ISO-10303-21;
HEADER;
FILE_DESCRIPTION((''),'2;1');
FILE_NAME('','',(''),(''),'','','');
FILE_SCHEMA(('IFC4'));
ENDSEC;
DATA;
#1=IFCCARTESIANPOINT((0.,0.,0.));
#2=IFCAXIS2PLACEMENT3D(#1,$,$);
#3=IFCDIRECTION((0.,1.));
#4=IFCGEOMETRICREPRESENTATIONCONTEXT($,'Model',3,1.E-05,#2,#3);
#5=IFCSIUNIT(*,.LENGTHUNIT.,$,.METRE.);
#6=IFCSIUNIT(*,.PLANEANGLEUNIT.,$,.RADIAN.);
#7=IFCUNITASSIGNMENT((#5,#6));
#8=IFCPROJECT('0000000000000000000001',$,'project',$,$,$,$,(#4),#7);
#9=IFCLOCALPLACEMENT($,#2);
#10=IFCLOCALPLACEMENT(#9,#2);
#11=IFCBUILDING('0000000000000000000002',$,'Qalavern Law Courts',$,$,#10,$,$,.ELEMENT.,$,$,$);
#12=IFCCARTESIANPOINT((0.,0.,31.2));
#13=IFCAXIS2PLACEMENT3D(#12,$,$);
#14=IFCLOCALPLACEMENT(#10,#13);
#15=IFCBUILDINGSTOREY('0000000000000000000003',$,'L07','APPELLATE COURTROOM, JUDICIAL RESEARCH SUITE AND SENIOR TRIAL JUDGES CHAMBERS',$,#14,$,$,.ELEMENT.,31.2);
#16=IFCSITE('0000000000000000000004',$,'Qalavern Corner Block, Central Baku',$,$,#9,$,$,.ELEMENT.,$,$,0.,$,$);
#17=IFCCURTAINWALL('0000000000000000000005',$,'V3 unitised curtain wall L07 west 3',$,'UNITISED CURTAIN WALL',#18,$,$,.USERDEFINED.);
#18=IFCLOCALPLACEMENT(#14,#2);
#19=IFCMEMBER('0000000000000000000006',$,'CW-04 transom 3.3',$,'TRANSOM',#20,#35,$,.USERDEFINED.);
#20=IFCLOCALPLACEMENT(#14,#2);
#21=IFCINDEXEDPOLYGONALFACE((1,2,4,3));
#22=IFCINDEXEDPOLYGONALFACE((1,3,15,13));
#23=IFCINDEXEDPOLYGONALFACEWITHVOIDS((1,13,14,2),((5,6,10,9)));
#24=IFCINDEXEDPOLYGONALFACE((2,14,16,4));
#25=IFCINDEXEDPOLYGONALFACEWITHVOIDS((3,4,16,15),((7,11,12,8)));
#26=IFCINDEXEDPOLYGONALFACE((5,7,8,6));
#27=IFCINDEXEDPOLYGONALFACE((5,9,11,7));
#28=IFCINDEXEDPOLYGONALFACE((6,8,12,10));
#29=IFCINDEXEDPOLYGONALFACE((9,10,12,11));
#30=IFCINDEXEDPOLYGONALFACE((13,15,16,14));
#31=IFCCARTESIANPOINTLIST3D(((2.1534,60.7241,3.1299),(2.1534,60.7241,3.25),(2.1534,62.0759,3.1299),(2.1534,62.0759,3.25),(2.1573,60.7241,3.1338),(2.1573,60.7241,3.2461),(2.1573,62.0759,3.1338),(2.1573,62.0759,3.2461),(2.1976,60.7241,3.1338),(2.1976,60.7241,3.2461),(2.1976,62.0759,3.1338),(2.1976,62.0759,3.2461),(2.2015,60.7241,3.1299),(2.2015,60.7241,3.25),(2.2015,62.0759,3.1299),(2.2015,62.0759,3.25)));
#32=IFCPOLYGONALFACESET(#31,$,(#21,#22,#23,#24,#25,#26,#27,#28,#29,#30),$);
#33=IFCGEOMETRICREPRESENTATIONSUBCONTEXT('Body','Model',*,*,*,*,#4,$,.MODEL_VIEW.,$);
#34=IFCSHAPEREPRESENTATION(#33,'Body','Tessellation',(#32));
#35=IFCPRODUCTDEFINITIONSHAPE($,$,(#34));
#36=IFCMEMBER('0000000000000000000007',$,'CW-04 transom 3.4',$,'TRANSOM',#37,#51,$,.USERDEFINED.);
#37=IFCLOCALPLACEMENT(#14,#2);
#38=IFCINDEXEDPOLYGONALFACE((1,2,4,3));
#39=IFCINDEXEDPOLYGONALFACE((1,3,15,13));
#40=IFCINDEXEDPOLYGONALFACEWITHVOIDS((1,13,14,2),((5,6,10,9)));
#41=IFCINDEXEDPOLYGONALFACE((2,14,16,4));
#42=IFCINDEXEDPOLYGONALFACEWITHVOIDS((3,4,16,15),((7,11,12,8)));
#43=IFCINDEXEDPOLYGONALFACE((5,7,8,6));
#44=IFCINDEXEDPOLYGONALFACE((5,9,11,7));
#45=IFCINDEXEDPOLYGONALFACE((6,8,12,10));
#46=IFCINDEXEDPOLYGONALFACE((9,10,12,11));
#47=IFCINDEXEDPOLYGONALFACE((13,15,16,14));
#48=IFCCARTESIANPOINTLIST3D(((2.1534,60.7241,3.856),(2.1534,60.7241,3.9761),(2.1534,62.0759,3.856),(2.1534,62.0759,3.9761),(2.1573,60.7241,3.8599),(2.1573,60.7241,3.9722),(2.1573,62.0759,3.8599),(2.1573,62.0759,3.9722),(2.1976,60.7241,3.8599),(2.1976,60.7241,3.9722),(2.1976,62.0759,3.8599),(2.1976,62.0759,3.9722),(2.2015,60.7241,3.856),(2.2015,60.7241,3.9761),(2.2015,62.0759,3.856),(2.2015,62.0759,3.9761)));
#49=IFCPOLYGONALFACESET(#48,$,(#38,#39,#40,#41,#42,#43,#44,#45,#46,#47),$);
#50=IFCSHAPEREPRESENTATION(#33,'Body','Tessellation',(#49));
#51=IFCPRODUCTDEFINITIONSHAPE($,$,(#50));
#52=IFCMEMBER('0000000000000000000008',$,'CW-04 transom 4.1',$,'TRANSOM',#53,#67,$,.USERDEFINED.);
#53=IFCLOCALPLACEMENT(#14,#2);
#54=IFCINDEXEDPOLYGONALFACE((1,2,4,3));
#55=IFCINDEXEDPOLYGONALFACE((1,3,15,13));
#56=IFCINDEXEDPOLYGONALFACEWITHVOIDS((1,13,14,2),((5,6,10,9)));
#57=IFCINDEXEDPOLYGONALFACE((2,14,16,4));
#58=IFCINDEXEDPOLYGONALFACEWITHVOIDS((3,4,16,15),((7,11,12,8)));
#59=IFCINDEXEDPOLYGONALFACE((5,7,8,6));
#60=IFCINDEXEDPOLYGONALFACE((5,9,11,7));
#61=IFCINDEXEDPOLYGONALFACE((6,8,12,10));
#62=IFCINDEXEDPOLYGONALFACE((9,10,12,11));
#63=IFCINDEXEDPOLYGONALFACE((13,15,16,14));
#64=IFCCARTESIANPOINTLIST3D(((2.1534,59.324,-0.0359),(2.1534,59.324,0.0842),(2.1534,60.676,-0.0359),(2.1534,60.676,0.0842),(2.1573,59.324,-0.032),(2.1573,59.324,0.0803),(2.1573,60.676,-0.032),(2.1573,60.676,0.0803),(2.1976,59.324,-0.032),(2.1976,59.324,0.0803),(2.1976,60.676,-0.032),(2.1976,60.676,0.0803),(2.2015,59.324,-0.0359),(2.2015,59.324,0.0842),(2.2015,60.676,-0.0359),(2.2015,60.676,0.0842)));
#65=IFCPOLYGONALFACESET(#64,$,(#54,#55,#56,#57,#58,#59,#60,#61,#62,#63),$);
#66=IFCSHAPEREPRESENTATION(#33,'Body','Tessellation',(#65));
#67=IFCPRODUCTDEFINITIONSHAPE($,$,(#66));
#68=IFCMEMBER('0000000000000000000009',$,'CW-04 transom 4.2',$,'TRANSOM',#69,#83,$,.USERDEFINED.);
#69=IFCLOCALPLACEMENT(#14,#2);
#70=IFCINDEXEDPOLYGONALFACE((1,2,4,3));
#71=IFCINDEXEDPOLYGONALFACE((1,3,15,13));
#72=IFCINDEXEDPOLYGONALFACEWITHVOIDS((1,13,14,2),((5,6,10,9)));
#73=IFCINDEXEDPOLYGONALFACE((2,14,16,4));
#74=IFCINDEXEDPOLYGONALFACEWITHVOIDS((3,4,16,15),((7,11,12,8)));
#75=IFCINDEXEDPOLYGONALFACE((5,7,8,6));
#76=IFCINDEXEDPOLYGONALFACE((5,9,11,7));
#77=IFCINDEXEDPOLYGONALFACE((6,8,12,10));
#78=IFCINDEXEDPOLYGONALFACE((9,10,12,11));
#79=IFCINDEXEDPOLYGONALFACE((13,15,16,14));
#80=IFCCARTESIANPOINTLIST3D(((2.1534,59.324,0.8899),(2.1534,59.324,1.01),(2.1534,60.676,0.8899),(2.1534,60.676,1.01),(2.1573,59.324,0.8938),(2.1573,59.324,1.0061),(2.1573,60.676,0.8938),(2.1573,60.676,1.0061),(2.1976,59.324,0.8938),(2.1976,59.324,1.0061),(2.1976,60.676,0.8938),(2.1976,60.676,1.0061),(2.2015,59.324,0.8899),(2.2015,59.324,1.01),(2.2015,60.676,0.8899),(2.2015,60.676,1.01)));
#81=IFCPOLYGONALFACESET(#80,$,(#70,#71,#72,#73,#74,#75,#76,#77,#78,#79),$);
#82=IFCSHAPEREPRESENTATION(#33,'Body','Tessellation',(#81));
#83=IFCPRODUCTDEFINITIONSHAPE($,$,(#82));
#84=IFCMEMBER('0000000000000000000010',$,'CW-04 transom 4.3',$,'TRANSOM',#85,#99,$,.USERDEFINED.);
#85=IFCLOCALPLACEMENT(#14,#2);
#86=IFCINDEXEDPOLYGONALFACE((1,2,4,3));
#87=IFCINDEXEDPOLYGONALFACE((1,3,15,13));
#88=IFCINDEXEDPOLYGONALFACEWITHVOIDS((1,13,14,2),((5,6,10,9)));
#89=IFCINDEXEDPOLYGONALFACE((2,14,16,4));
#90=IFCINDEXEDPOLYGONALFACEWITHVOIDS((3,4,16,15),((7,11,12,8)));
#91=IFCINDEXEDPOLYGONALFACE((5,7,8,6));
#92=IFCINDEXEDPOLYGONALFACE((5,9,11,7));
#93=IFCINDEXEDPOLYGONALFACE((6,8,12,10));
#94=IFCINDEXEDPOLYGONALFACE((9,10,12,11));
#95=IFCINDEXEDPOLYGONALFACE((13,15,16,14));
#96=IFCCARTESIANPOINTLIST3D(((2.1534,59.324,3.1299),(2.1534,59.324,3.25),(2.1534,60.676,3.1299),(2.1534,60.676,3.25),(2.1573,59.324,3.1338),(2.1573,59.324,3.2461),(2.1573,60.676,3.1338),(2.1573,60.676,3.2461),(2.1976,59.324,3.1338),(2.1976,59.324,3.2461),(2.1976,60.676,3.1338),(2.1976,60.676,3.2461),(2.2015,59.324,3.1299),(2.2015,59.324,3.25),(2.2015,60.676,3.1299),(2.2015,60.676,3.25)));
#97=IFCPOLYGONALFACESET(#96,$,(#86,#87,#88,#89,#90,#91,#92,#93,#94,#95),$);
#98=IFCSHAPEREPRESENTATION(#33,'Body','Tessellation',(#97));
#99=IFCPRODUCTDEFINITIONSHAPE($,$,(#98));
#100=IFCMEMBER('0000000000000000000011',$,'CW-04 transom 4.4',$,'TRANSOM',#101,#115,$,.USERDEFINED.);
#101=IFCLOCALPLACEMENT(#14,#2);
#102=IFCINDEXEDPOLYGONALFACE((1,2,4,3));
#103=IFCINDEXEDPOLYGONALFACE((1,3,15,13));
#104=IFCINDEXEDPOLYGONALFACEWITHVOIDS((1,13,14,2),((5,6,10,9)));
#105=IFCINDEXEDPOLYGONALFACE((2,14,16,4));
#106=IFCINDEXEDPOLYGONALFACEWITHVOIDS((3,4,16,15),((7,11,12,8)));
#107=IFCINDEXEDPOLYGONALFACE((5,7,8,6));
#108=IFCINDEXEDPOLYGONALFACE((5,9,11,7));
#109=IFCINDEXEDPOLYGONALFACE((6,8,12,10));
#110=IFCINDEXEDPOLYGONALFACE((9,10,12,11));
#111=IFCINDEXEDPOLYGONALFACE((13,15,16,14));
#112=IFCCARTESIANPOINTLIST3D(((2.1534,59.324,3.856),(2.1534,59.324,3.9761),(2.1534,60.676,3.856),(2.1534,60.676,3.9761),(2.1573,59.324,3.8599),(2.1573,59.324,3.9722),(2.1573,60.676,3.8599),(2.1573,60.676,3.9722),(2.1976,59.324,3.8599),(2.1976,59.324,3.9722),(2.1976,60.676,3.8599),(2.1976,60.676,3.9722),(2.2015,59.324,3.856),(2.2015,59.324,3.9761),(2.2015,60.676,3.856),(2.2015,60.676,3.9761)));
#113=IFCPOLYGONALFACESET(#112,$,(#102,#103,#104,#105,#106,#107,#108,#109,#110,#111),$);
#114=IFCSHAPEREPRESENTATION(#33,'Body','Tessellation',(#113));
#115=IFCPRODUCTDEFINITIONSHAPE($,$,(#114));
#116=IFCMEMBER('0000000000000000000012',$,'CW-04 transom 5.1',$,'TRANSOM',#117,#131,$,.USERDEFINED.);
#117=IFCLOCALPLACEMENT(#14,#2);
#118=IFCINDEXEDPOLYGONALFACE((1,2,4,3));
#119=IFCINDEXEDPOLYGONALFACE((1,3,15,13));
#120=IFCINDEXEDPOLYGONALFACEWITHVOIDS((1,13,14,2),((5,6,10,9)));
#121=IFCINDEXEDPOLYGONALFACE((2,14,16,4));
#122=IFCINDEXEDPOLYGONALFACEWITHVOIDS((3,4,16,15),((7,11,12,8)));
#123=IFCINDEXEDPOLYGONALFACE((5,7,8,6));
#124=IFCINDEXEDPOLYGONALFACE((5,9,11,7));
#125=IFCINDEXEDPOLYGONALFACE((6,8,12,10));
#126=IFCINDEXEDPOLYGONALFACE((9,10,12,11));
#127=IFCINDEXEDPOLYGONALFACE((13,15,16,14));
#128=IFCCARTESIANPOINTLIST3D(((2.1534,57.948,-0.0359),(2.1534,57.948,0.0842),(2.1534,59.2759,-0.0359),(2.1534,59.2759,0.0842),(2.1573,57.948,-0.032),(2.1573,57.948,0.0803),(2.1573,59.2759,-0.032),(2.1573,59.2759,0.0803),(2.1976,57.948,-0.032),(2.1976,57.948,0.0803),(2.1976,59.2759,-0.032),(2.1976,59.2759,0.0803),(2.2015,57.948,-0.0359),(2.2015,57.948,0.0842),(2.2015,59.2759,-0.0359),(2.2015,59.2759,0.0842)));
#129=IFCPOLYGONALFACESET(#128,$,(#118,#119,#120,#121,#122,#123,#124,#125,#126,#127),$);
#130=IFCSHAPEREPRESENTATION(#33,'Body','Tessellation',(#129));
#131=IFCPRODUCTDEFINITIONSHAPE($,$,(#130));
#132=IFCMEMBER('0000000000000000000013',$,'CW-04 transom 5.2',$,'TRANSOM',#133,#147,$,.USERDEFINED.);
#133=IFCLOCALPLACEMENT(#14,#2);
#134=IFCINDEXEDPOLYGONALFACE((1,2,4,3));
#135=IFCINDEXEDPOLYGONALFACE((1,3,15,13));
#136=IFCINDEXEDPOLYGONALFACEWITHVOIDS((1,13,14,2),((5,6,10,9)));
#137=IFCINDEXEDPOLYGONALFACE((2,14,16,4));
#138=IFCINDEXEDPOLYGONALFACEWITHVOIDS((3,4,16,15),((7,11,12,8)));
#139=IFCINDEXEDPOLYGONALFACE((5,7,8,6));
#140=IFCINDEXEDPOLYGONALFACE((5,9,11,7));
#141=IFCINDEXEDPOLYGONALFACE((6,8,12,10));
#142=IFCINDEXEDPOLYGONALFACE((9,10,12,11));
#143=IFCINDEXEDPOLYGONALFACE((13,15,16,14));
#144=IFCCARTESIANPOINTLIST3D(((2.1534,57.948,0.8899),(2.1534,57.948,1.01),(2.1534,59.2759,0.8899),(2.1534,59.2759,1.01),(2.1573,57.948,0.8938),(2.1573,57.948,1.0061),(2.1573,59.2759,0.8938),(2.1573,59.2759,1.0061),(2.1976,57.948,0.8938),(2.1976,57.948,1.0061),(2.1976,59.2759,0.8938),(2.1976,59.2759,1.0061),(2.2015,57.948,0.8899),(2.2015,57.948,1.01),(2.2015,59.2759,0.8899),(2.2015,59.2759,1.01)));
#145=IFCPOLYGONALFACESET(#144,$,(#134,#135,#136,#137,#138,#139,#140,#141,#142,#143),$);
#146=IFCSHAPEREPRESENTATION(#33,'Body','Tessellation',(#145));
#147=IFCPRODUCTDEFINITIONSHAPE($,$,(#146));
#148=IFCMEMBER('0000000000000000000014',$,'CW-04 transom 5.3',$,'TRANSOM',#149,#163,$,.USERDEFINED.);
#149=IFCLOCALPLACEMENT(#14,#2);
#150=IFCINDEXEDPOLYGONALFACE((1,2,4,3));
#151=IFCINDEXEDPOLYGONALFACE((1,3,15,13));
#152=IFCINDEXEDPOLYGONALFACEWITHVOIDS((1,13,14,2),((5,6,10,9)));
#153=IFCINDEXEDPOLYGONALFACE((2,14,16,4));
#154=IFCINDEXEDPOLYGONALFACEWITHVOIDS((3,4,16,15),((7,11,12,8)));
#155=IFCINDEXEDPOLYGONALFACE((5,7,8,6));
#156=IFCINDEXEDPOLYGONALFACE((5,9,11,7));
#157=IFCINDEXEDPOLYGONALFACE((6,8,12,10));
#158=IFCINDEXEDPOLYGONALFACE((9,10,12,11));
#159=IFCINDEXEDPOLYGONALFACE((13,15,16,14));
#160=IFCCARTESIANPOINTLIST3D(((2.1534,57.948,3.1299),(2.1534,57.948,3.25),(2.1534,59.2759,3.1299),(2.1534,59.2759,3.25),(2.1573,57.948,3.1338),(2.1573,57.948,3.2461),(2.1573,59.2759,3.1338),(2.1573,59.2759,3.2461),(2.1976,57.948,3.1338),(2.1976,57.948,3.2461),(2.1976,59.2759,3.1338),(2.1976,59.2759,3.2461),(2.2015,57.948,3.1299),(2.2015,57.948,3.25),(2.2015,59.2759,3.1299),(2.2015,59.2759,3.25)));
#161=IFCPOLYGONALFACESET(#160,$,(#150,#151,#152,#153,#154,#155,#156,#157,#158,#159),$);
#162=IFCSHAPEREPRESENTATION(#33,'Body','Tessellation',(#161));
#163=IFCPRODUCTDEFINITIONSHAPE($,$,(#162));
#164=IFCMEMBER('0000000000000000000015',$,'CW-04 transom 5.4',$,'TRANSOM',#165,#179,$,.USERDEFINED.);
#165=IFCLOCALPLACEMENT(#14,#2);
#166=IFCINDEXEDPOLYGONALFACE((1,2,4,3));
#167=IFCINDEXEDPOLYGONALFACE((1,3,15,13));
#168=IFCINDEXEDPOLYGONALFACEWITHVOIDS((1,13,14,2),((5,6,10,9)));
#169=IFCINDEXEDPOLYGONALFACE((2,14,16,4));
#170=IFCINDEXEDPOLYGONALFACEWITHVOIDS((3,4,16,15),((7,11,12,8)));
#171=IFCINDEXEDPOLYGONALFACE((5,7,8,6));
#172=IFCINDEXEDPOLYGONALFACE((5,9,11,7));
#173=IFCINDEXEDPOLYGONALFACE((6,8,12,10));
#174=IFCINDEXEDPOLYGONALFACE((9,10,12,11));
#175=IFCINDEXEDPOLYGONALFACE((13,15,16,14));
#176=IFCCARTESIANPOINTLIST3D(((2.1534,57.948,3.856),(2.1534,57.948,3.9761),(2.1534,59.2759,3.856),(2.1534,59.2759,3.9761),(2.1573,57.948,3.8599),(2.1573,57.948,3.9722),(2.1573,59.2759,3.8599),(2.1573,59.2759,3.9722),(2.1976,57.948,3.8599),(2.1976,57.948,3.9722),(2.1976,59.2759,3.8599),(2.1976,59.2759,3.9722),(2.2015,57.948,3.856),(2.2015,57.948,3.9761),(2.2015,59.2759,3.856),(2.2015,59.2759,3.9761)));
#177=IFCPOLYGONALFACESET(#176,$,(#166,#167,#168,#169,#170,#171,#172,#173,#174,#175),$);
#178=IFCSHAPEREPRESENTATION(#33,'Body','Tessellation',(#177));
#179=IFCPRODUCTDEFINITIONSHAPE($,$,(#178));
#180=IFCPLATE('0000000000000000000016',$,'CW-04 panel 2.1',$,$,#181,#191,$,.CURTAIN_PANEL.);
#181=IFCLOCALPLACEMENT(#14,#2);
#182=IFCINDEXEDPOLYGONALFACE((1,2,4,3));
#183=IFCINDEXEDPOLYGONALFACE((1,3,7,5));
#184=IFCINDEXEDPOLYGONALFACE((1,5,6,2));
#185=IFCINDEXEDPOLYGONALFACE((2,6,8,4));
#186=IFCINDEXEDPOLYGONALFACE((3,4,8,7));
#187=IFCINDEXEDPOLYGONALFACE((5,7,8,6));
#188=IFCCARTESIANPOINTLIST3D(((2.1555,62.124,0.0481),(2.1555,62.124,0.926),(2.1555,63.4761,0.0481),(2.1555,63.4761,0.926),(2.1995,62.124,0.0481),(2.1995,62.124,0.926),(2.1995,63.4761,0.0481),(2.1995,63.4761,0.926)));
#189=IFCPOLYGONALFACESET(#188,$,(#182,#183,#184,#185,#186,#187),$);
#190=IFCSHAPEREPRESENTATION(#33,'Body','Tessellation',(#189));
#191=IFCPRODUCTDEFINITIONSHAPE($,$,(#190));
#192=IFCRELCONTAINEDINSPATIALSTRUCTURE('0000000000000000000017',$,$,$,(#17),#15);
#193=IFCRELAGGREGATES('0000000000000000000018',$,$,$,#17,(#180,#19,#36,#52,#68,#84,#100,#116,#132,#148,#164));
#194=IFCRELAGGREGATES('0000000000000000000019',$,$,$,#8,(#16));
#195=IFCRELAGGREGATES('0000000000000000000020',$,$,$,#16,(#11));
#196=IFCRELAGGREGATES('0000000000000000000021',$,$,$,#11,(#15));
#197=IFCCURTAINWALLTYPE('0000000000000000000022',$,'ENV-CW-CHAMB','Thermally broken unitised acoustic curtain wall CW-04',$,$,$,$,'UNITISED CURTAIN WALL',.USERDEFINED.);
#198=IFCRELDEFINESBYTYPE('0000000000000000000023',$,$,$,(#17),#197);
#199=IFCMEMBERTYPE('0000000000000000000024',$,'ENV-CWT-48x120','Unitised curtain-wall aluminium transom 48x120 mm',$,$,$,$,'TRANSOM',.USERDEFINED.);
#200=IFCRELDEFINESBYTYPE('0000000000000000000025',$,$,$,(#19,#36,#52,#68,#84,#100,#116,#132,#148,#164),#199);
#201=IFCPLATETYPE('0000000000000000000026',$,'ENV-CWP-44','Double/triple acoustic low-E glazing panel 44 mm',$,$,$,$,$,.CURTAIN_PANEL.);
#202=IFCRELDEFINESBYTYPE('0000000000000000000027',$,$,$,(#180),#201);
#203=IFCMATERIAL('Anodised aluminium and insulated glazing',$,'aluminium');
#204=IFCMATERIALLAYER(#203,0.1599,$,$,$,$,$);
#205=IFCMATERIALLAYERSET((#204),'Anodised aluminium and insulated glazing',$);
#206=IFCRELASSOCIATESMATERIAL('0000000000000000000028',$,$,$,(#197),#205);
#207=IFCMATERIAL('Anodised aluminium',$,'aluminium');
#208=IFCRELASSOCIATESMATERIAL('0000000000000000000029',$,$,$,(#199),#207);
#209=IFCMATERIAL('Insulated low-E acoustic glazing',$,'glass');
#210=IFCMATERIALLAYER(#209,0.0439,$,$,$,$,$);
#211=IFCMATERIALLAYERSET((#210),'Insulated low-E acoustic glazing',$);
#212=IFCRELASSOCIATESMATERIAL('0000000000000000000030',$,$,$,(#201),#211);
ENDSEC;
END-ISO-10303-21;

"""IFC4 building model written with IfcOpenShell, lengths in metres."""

from ifc_helpers import new_model, si_unit, direction, frame, origin, origin_2d, place, context, subcontext, project, spatial, rectangle, hollow_rectangle, extrude, material, layer, layer_set, material_profile, profile_set, type_object, element, aggregate, save


model = new_model("IFC4")

# Units and contexts
model_context = context("Model", 3, precision=1e-05, world=origin(), true_north=direction((0.0, 1.0)))
body_context = subcontext(model_context, "Body", "Model", "MODEL_VIEW")
ifc_project = project(units=[si_unit("LENGTHUNIT", "METRE"), si_unit("PLANEANGLEUNIT", "RADIAN")], contexts=[model_context])

# Site, building, storey
site_placement = place(None, origin())
site = spatial("IfcSite", under=ifc_project, at=site_placement, Name="Qalavern Corner Block, Central Baku", CompositionType="ELEMENT", RefElevation=0.0)
building_placement = place(site_placement, origin())
building = spatial("IfcBuilding", under=site, at=building_placement, Name="Qalavern Law Courts", CompositionType="ELEMENT")
storey_placement = place(building_placement, frame((0.0, 0.0, 31.2)))
storey = spatial("IfcBuildingStorey", under=building, at=storey_placement, Name="L07", Description="APPELLATE COURTROOM, JUDICIAL RESEARCH SUITE AND SENIOR TRIAL JUDGES CHAMBERS", CompositionType="ELEMENT", Elevation=31.2)

# Curtain wall, members, plate
ifc_material_1 = material(Name="Anodised aluminium and insulated glazing", Category="aluminium")
ifc_layer_1 = layer(ifc_material_1, 0.1599)
ifc_layer_set_1 = layer_set([ifc_layer_1], Name="Anodised aluminium and insulated glazing")
curtain_wall_type = type_object("IfcCurtainWallType", Name="ENV-CW-CHAMB", Description="Thermally broken unitised acoustic curtain wall CW-04", ElementType="UNITISED CURTAIN WALL", PredefinedType="USERDEFINED", material=ifc_layer_set_1)
curtain_wall_placement = place(storey_placement, origin())
curtain_wall = element("IfcCurtainWall", 1, at=curtain_wall_placement, inside=storey, type_object=curtain_wall_type, Name="V3 unitised curtain wall L07 west 3", ObjectType="UNITISED CURTAIN WALL", PredefinedType="USERDEFINED")
ifc_material_2 = material(Name="Anodised aluminium", Category="aluminium")
ifc_material_profile_1 = material_profile(ifc_material_2, hollow_rectangle(XDim=0.0481, YDim=0.1201, WallThickness=0.0039, at=origin_2d()), Name="ALU TRANSOM 48x120")
ifc_profile_set_1 = profile_set([ifc_material_profile_1], Name="Anodised aluminium")
member_type_1 = type_object("IfcMemberType", Name="ENV-CWT-48x120", Description="Unitised curtain-wall aluminium transom 48x120 mm", ElementType="TRANSOM", PredefinedType="USERDEFINED", material=ifc_profile_set_1)
member_1_placement = place(storey_placement, frame((2.1775, 62.0759, 3.1899), z_axis=(0.0, -1.0, 0.0), x_axis=(1.0, 0.0, 0.0)))
member_1 = element("IfcMember", 2, at=member_1_placement, type_object=member_type_1, Name="CW-04 transom 3.3", ObjectType="TRANSOM", PredefinedType="USERDEFINED", context=body_context, shape_type="SweptSolid", body=[
    extrude(hollow_rectangle(XDim=0.0481, YDim=0.1201, WallThickness=0.0039, at=origin_2d()), origin(), (0.0, 0.0, 1.0), 1.3518),
])
member_2_placement = place(storey_placement, frame((2.1775, 62.0759, 3.916), z_axis=(0.0, -1.0, 0.0), x_axis=(1.0, 0.0, 0.0)))
member_2 = element("IfcMember", 3, at=member_2_placement, type_object=member_type_1, Name="CW-04 transom 3.4", ObjectType="TRANSOM", PredefinedType="USERDEFINED", context=body_context, shape_type="SweptSolid", body=[
    extrude(hollow_rectangle(XDim=0.0481, YDim=0.1201, WallThickness=0.0039, at=origin_2d()), origin(), (0.0, 0.0, 1.0), 1.3518),
])
member_3_placement = place(storey_placement, frame((2.1775, 60.676, 0.0242), z_axis=(0.0, -1.0, 0.0), x_axis=(1.0, 0.0, 0.0)))
member_3 = element("IfcMember", 4, at=member_3_placement, type_object=member_type_1, Name="CW-04 transom 4.1", ObjectType="TRANSOM", PredefinedType="USERDEFINED", context=body_context, shape_type="SweptSolid", body=[
    extrude(hollow_rectangle(XDim=0.0481, YDim=0.1201, WallThickness=0.0039, at=origin_2d()), origin(), (0.0, 0.0, 1.0), 1.3521),
])
member_4_placement = place(storey_placement, frame((2.1775, 60.676, 0.95), z_axis=(0.0, -1.0, 0.0), x_axis=(1.0, 0.0, 0.0)))
member_4 = element("IfcMember", 5, at=member_4_placement, type_object=member_type_1, Name="CW-04 transom 4.2", ObjectType="TRANSOM", PredefinedType="USERDEFINED", context=body_context, shape_type="SweptSolid", body=[
    extrude(hollow_rectangle(XDim=0.0481, YDim=0.1201, WallThickness=0.0039, at=origin_2d()), origin(), (0.0, 0.0, 1.0), 1.3521),
])
member_5_placement = place(storey_placement, frame((2.1775, 60.676, 3.1899), z_axis=(0.0, -1.0, 0.0), x_axis=(1.0, 0.0, 0.0)))
member_5 = element("IfcMember", 6, at=member_5_placement, type_object=member_type_1, Name="CW-04 transom 4.3", ObjectType="TRANSOM", PredefinedType="USERDEFINED", context=body_context, shape_type="SweptSolid", body=[
    extrude(hollow_rectangle(XDim=0.0481, YDim=0.1201, WallThickness=0.0039, at=origin_2d()), origin(), (0.0, 0.0, 1.0), 1.3521),
])
member_6_placement = place(storey_placement, frame((2.1775, 60.676, 3.916), z_axis=(0.0, -1.0, 0.0), x_axis=(1.0, 0.0, 0.0)))
member_6 = element("IfcMember", 7, at=member_6_placement, type_object=member_type_1, Name="CW-04 transom 4.4", ObjectType="TRANSOM", PredefinedType="USERDEFINED", context=body_context, shape_type="SweptSolid", body=[
    extrude(hollow_rectangle(XDim=0.0481, YDim=0.1201, WallThickness=0.0039, at=origin_2d()), origin(), (0.0, 0.0, 1.0), 1.3521),
])
member_7_placement = place(storey_placement, frame((2.1775, 59.2759, 0.0242), z_axis=(0.0, -1.0, 0.0), x_axis=(1.0, 0.0, 0.0)))
member_7 = element("IfcMember", 8, at=member_7_placement, type_object=member_type_1, Name="CW-04 transom 5.1", ObjectType="TRANSOM", PredefinedType="USERDEFINED", context=body_context, shape_type="SweptSolid", body=[
    extrude(hollow_rectangle(XDim=0.0481, YDim=0.1201, WallThickness=0.0039, at=origin_2d()), origin(), (0.0, 0.0, 1.0), 1.3279),
])
member_8_placement = place(storey_placement, frame((2.1775, 59.2759, 0.95), z_axis=(0.0, -1.0, 0.0), x_axis=(1.0, 0.0, 0.0)))
member_8 = element("IfcMember", 9, at=member_8_placement, type_object=member_type_1, Name="CW-04 transom 5.2", ObjectType="TRANSOM", PredefinedType="USERDEFINED", context=body_context, shape_type="SweptSolid", body=[
    extrude(hollow_rectangle(XDim=0.0481, YDim=0.1201, WallThickness=0.0039, at=origin_2d()), origin(), (0.0, 0.0, 1.0), 1.3279),
])
member_9_placement = place(storey_placement, frame((2.1775, 59.2759, 3.1899), z_axis=(0.0, -1.0, 0.0), x_axis=(1.0, 0.0, 0.0)))
member_9 = element("IfcMember", 10, at=member_9_placement, type_object=member_type_1, Name="CW-04 transom 5.3", ObjectType="TRANSOM", PredefinedType="USERDEFINED", context=body_context, shape_type="SweptSolid", body=[
    extrude(hollow_rectangle(XDim=0.0481, YDim=0.1201, WallThickness=0.0039, at=origin_2d()), origin(), (0.0, 0.0, 1.0), 1.3279),
])
member_10_placement = place(storey_placement, frame((2.1775, 59.2759, 3.916), z_axis=(0.0, -1.0, 0.0), x_axis=(1.0, 0.0, 0.0)))
member_10 = element("IfcMember", 11, at=member_10_placement, type_object=member_type_1, Name="CW-04 transom 5.4", ObjectType="TRANSOM", PredefinedType="USERDEFINED", context=body_context, shape_type="SweptSolid", body=[
    extrude(hollow_rectangle(XDim=0.0481, YDim=0.1201, WallThickness=0.0039, at=origin_2d()), origin(), (0.0, 0.0, 1.0), 1.3279),
])
ifc_material_3 = material(Name="Insulated low-E acoustic glazing", Category="glass")
ifc_layer_2 = layer(ifc_material_3, 0.0439)
ifc_layer_set_2 = layer_set([ifc_layer_2], Name="Insulated low-E acoustic glazing")
plate_type = type_object("IfcPlateType", Name="ENV-CWP-44", Description="Double/triple acoustic low-E glazing panel 44 mm", PredefinedType="CURTAIN_PANEL", material=ifc_layer_set_2)
plate_1_placement = place(storey_placement, frame((2.1775, 62.8, 0.0481), z_axis=(0.0, 0.0, 1.0), x_axis=(0.0, -1.0, 0.0)))
plate_1 = element("IfcPlate", 12, at=plate_1_placement, type_object=plate_type, Name="CW-04 panel 2.1", PredefinedType="CURTAIN_PANEL", context=body_context, shape_type="SweptSolid", body=[
    extrude(rectangle(XDim=1.3521, YDim=0.0439, at=origin_2d()), origin(), (0.0, 0.0, 1.0), 0.8779),
])
aggregate(curtain_wall, [plate_1, member_1, member_2, member_3, member_4, member_5, member_6, member_7, member_8, member_9, member_10])

save(model, "model.ifc")
